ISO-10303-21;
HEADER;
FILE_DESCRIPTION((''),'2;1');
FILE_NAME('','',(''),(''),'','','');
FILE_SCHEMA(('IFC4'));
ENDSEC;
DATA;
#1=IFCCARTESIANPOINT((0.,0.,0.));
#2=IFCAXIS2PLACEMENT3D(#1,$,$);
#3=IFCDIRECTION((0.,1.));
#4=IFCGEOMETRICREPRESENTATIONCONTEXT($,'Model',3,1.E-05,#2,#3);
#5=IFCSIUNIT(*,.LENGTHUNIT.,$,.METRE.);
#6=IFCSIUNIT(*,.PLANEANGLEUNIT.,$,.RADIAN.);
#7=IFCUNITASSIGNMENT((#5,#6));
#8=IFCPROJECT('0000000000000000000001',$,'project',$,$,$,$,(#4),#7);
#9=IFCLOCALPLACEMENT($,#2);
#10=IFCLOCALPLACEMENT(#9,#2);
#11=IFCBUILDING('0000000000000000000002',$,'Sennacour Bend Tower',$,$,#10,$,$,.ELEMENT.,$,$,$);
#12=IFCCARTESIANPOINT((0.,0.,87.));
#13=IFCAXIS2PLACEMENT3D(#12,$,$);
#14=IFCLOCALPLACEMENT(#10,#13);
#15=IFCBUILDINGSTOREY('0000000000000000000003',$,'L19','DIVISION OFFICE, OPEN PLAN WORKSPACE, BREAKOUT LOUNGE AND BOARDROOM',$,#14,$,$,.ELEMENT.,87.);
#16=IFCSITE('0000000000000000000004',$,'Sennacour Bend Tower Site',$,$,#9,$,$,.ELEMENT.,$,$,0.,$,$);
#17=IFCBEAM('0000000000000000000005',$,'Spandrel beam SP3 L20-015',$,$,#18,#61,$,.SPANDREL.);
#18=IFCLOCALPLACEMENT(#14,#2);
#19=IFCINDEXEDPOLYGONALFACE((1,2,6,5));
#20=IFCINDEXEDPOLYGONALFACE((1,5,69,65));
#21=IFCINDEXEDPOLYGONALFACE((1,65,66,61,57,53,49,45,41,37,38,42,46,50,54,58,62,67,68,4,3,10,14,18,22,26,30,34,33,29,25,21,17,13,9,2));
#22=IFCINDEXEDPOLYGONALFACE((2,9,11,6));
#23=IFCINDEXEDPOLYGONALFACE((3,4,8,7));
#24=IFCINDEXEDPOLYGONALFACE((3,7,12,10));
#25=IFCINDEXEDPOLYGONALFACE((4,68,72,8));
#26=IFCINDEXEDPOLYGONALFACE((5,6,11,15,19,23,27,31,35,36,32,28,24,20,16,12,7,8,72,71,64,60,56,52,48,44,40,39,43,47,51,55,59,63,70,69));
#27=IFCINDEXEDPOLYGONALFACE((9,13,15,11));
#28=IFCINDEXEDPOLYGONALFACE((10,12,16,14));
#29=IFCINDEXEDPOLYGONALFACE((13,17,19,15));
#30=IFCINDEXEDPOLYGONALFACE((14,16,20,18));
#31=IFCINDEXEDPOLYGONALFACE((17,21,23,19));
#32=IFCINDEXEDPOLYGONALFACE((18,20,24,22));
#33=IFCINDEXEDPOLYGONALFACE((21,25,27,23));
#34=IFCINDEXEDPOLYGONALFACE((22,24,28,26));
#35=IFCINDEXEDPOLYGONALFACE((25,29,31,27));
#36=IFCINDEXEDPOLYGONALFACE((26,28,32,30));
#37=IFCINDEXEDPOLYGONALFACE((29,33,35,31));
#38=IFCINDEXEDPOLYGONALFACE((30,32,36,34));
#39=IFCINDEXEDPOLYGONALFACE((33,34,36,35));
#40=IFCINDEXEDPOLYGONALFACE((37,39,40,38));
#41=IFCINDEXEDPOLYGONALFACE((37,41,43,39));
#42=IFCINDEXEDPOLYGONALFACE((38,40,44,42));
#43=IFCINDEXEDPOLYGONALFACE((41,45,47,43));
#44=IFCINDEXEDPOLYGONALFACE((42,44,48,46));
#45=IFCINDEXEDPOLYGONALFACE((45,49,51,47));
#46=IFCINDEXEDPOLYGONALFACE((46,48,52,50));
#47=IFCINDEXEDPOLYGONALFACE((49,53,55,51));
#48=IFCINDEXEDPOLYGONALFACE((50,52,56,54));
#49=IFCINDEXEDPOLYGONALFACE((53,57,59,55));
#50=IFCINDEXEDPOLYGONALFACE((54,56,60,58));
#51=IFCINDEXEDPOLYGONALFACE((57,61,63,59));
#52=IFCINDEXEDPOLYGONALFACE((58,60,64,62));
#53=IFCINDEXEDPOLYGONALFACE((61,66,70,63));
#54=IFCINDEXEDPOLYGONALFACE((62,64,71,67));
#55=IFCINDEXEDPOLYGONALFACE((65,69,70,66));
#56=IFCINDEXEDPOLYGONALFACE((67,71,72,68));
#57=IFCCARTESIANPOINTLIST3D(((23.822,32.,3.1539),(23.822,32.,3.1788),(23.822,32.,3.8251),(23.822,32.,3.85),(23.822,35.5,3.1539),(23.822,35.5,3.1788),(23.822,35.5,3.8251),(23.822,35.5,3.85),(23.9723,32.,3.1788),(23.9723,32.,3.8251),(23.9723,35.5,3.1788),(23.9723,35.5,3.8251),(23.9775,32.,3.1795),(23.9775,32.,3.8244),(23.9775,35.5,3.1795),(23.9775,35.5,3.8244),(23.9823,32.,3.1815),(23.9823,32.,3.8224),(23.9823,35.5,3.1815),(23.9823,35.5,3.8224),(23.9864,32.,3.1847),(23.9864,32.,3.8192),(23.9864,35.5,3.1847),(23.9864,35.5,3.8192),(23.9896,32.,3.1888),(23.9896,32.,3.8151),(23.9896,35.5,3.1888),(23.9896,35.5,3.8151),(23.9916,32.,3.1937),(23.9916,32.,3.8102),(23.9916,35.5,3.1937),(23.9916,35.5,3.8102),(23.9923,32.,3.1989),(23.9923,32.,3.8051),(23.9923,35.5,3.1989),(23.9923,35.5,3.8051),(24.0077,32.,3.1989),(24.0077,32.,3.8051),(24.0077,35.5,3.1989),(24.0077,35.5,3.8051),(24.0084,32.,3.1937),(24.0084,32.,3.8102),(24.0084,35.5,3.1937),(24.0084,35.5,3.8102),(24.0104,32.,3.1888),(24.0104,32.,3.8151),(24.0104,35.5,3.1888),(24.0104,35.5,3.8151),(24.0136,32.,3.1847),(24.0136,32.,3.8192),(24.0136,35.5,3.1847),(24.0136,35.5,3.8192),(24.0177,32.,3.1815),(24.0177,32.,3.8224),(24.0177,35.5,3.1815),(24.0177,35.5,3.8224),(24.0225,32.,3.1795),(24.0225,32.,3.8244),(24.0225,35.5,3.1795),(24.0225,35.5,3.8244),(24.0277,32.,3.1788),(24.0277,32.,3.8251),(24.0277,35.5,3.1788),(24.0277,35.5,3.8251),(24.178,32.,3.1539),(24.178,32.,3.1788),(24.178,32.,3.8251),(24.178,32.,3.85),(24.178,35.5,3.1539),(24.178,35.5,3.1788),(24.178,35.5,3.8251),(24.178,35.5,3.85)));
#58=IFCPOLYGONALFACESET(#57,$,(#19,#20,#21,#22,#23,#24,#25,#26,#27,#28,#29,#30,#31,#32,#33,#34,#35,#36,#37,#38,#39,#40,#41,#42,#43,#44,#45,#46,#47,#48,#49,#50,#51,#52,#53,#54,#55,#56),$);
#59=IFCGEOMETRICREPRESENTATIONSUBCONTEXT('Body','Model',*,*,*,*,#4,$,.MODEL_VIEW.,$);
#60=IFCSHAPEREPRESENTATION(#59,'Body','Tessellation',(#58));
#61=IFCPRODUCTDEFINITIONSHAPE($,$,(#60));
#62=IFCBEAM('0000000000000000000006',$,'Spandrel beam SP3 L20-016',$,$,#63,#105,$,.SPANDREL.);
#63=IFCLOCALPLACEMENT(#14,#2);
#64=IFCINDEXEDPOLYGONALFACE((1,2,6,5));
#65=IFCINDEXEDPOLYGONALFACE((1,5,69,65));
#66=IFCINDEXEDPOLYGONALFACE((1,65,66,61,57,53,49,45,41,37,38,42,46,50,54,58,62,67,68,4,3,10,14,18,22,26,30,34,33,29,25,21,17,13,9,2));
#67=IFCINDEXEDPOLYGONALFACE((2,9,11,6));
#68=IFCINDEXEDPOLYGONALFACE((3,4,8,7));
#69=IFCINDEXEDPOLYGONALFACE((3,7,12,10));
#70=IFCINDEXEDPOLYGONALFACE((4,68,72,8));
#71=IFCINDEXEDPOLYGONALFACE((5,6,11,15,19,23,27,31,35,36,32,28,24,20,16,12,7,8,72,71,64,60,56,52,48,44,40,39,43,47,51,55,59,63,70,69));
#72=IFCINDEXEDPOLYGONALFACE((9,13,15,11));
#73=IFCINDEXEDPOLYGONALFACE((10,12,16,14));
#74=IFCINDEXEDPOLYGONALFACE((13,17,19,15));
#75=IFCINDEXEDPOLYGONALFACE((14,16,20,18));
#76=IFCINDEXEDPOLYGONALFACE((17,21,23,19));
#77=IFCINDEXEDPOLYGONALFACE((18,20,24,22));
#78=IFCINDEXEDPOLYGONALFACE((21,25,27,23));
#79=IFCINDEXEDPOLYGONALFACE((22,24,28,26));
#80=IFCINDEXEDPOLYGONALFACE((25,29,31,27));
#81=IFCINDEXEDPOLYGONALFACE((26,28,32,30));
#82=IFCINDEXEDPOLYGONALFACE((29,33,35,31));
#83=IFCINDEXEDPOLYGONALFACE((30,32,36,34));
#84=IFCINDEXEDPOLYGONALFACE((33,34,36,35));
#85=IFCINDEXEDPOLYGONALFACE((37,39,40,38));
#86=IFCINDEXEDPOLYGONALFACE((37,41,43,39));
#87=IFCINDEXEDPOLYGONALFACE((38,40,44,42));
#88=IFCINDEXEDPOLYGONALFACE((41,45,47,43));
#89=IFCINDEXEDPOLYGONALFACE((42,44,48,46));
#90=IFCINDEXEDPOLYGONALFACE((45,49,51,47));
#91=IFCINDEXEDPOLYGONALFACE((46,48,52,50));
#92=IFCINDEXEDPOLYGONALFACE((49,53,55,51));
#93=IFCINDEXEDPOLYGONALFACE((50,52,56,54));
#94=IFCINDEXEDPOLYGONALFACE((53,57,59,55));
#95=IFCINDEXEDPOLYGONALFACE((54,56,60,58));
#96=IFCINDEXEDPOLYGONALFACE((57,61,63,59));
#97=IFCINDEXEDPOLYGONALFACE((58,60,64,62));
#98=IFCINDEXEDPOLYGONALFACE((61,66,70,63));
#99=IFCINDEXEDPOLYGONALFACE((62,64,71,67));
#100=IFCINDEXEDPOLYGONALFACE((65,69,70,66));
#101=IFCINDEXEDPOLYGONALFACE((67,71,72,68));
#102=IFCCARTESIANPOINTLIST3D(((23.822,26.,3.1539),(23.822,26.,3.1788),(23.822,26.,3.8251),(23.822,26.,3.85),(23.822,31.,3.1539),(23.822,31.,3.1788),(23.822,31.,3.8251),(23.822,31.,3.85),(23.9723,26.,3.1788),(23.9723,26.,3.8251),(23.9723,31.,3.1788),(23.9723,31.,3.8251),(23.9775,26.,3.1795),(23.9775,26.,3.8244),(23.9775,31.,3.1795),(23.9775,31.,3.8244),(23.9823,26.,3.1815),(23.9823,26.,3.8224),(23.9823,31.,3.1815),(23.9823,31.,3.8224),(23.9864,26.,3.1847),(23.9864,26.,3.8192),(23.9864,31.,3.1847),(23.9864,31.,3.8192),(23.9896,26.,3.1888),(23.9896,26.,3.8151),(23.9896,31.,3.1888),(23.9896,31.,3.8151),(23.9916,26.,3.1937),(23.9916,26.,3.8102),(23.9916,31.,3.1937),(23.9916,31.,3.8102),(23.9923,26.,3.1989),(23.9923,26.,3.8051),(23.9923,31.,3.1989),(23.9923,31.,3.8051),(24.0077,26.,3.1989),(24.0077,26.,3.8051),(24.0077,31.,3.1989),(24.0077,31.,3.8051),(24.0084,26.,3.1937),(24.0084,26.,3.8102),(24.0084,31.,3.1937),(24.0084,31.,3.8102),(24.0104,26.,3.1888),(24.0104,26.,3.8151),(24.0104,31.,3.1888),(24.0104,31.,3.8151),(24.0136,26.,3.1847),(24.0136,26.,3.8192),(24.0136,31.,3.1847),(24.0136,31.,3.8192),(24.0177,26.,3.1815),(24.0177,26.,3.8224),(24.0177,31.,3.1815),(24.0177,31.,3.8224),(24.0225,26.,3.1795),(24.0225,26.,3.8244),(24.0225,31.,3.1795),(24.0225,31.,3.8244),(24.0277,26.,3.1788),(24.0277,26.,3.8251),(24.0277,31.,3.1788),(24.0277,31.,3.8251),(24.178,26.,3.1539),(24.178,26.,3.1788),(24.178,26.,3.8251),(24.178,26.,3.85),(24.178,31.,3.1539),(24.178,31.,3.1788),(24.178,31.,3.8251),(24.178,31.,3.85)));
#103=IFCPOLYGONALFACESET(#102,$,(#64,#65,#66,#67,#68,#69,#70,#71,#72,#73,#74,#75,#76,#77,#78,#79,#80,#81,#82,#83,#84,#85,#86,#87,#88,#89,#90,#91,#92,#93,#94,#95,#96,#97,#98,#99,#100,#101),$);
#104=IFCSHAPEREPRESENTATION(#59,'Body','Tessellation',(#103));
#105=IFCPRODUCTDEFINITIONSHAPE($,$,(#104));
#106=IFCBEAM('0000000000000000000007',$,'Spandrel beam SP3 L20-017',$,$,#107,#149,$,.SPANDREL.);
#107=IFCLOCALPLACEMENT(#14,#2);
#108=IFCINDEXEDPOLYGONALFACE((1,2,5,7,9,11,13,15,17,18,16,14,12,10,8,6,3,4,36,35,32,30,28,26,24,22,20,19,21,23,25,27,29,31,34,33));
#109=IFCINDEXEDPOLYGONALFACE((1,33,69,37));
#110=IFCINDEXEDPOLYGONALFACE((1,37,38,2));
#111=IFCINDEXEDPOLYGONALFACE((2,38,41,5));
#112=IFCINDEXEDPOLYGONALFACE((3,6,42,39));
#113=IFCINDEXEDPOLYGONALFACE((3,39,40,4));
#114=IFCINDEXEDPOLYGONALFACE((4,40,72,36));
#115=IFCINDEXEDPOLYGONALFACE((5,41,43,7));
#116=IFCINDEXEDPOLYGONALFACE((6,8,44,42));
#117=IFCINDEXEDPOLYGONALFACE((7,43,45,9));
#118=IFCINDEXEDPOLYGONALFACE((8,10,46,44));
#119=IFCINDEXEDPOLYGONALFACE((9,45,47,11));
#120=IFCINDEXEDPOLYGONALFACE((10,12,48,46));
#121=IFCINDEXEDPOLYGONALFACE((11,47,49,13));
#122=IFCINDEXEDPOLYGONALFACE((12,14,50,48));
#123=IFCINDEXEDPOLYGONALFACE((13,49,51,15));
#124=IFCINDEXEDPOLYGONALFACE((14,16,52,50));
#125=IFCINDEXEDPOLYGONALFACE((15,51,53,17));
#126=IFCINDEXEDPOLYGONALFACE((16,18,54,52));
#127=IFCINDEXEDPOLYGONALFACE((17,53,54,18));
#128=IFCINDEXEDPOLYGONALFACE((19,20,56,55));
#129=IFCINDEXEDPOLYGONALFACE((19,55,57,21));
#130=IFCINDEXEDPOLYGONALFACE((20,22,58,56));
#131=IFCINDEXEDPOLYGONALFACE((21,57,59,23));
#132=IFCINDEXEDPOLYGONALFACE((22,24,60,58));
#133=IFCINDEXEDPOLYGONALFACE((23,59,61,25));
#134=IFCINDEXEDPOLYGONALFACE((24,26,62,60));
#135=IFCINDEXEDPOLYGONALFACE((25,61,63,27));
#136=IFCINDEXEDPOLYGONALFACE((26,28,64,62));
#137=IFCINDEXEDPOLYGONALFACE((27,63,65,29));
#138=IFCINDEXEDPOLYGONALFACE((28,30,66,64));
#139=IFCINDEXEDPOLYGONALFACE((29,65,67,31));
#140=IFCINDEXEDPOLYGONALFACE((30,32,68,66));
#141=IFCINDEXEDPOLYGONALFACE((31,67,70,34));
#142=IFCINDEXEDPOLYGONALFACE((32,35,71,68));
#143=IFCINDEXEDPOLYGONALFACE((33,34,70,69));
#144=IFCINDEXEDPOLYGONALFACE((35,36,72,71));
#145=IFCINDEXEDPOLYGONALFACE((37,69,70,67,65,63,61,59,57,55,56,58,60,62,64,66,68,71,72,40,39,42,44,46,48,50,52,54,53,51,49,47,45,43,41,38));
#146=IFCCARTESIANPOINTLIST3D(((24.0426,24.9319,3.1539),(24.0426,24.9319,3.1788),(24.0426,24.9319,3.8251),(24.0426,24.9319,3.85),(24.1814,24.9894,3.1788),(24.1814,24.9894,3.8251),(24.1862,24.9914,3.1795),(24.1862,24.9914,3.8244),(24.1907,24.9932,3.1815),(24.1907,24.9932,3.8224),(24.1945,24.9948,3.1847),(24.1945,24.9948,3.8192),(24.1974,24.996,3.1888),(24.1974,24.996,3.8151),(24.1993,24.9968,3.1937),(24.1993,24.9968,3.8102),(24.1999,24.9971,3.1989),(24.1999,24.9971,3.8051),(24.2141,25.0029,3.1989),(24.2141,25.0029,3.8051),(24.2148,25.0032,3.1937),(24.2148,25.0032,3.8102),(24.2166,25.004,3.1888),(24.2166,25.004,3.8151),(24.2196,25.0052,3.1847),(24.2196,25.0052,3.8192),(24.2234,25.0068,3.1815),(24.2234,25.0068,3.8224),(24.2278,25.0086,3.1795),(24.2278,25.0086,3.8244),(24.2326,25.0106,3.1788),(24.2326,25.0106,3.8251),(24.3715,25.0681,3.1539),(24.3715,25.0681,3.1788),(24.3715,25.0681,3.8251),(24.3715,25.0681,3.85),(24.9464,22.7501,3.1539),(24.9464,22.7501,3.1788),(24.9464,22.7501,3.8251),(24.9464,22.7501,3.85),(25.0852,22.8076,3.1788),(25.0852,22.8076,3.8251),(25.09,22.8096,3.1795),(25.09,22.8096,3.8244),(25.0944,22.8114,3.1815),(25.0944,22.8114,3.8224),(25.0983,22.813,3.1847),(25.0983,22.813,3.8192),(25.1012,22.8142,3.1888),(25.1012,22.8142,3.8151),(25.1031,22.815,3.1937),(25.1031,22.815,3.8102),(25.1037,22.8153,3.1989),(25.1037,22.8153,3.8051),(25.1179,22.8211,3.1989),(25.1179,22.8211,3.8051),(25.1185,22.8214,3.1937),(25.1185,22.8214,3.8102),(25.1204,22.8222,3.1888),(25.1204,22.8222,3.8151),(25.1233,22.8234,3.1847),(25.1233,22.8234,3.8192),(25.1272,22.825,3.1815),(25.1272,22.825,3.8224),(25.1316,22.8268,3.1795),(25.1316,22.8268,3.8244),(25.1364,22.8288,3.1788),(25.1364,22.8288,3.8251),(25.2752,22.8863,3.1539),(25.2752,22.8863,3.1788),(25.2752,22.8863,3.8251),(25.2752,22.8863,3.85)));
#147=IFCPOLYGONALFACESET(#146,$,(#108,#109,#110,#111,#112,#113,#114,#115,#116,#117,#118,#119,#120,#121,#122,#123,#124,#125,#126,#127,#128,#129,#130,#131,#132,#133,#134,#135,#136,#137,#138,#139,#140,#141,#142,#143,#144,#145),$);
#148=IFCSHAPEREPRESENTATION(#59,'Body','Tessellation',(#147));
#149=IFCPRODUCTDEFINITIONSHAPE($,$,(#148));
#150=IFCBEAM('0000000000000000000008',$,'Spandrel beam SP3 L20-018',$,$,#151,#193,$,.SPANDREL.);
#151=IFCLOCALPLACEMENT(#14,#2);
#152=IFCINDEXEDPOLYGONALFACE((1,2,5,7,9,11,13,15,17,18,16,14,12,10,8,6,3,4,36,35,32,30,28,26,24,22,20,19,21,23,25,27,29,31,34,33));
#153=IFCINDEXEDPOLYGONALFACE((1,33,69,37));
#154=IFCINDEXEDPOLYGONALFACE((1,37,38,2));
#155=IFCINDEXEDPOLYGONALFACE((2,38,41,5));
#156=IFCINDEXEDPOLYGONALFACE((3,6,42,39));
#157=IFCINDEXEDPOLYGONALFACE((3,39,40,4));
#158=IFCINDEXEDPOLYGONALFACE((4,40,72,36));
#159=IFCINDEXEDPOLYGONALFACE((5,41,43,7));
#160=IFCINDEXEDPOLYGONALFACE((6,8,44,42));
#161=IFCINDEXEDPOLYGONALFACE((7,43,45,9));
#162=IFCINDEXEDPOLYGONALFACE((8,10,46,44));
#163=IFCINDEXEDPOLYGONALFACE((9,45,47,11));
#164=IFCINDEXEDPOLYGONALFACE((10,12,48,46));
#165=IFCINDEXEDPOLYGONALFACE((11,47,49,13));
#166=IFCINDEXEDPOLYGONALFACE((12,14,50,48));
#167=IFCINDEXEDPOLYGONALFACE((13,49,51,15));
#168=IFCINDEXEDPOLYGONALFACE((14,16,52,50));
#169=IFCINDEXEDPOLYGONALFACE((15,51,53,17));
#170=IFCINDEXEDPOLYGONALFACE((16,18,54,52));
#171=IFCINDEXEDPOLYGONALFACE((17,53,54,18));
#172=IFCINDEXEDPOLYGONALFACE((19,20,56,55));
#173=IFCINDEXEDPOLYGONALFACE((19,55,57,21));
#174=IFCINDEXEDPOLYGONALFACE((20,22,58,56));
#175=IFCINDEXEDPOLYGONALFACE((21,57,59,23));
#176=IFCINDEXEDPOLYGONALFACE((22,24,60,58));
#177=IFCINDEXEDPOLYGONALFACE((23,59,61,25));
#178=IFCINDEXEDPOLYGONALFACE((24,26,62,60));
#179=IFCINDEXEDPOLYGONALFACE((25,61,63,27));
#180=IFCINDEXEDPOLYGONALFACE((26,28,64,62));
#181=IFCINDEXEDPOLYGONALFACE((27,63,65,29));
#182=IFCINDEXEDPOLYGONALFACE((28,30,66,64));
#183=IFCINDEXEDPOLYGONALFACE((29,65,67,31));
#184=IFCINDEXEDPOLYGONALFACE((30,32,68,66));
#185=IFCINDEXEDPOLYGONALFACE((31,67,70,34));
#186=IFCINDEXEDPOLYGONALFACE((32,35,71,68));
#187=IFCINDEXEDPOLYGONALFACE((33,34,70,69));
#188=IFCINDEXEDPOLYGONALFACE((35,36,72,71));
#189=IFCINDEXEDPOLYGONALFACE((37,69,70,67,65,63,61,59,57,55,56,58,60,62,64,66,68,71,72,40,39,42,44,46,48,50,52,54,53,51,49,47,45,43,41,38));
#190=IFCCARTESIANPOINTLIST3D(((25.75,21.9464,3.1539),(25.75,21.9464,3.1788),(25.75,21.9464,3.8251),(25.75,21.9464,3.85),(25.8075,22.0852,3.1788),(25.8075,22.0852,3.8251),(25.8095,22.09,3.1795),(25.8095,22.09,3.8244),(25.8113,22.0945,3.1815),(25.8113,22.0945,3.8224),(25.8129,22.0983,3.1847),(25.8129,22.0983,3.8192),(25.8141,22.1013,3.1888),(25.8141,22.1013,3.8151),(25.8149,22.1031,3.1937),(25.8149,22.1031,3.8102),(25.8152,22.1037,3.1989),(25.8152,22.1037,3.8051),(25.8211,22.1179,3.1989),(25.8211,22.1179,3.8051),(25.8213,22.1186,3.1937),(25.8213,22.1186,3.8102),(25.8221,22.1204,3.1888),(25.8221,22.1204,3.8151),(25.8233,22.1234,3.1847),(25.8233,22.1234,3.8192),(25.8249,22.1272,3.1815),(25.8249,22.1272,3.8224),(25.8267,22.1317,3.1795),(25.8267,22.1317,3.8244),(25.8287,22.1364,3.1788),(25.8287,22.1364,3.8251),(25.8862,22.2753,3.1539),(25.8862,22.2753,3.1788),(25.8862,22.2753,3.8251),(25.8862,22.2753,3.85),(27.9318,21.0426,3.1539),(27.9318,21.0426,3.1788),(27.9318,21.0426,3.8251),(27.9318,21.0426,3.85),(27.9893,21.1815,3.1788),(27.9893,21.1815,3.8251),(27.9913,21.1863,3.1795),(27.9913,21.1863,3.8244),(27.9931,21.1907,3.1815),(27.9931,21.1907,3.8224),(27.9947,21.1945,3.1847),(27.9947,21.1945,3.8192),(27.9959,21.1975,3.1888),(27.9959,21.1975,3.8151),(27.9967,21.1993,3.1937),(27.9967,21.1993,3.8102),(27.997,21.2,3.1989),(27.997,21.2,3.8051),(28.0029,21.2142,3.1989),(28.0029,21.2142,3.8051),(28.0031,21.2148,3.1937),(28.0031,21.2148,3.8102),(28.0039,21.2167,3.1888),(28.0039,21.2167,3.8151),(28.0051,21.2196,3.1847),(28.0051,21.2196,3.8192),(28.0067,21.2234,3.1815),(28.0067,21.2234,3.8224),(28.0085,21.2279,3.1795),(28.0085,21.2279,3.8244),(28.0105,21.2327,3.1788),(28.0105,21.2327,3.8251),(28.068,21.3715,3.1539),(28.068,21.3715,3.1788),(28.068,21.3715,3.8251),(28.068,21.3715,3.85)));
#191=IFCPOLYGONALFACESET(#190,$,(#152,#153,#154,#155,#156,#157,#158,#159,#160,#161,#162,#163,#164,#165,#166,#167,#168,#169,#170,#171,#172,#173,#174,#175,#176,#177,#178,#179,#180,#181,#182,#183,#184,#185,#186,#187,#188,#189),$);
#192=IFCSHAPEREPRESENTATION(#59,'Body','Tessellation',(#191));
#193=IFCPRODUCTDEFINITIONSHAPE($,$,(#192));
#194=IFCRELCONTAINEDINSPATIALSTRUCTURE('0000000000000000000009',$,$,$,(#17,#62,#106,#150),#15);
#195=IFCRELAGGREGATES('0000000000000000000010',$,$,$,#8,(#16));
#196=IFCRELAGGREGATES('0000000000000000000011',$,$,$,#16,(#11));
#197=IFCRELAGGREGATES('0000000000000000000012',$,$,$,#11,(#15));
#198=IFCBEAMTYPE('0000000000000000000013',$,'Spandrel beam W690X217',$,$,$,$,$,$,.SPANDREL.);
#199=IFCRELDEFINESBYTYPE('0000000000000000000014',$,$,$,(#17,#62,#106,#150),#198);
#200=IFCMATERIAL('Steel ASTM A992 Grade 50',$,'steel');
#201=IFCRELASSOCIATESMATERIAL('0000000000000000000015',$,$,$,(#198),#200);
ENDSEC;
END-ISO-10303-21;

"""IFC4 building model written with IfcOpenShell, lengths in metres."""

from ifc_helpers import new_model, si_unit, direction, frame, origin, origin_2d, place, context, subcontext, project, spatial, i_section, extrude, material, material_profile, profile_set, type_object, element, save


model = new_model("IFC4")

# Units and contexts
model_context = context("Model", 3, precision=1e-05, world=origin(), true_north=direction((0.0, 1.0)))
body_context = subcontext(model_context, "Body", "Model", "MODEL_VIEW")
ifc_project = project(units=[si_unit("LENGTHUNIT", "METRE"), si_unit("PLANEANGLEUNIT", "RADIAN")], contexts=[model_context])

# Site, building, storey
site_placement = place(None, origin())
site = spatial("IfcSite", under=ifc_project, at=site_placement, Name="Sennacour Bend Tower Site", CompositionType="ELEMENT", RefElevation=0.0)
building_placement = place(site_placement, origin())
building = spatial("IfcBuilding", under=site, at=building_placement, Name="Sennacour Bend Tower", CompositionType="ELEMENT")
storey_placement = place(building_placement, frame((0.0, 0.0, 87.0)))
storey = spatial("IfcBuildingStorey", under=building, at=storey_placement, Name="L19", Description="DIVISION OFFICE, OPEN PLAN WORKSPACE, BREAKOUT LOUNGE AND BOARDROOM", CompositionType="ELEMENT", Elevation=87.0)

# Beams
ifc_material_1 = material(Name="Steel ASTM A992 Grade 50", Category="steel")
ifc_material_profile_1 = material_profile(ifc_material_1, i_section(OverallWidth=0.356, OverallDepth=0.696, WebThickness=0.0154, FlangeThickness=0.0249, FilletRadius=0.02, at=origin_2d()), Name="Steel ASTM A992 Grade 50", Category="steel")
ifc_profile_set_1 = profile_set([ifc_material_profile_1], Name="Steel ASTM A992 Grade 50")
beam_type_1 = type_object("IfcBeamType", Name="Spandrel beam W690X217", PredefinedType="SPANDREL", material=ifc_profile_set_1)
beam_1_placement = place(storey_placement, frame((24.0, 35.5, 3.502), z_axis=(0.0, -1.0, 0.0), x_axis=(1.0, 0.0, 0.0)))
element("IfcBeam", 1, at=beam_1_placement, inside=storey, type_object=beam_type_1, Name="Spandrel beam SP3 L20-015", PredefinedType="SPANDREL", context=body_context, shape_type="SweptSolid", body=[
    extrude(i_section(OverallWidth=0.356, OverallDepth=0.696, WebThickness=0.0154, FlangeThickness=0.0249, FilletRadius=0.02, at=origin_2d()), origin(), (0.0, 0.0, 1.0), 3.5),
])
beam_2_placement = place(storey_placement, frame((24.0, 31.0, 3.502), z_axis=(0.0, -1.0, 0.0), x_axis=(1.0, 0.0, 0.0)))
element("IfcBeam", 2, at=beam_2_placement, inside=storey, type_object=beam_type_1, Name="Spandrel beam SP3 L20-016", PredefinedType="SPANDREL", context=body_context, shape_type="SweptSolid", body=[
    extrude(i_section(OverallWidth=0.356, OverallDepth=0.696, WebThickness=0.0154, FlangeThickness=0.0249, FilletRadius=0.02, at=origin_2d()), origin(), (0.0, 0.0, 1.0), 5.0),
])
for number, where, z_axis, x_axis, name in (
    (3, (24.207, 25.0, 3.502), (0.382699, -0.923873, 0.0), (0.923873, 0.382699, 0.0), "Spandrel beam SP3 L20-017"),
    (4, (25.8181, 22.1108, 3.502), (0.923873, -0.382699, 0.0), (0.382699, 0.923873, 0.0), "Spandrel beam SP3 L20-018"),
):
    element("IfcBeam", number, at=place(storey_placement, frame(where, z_axis=z_axis, x_axis=x_axis)), inside=storey, type_object=beam_type_1, Name=name, PredefinedType="SPANDREL", context=body_context, shape_type="SweptSolid", body=[
        extrude(i_section(OverallWidth=0.356, OverallDepth=0.696, WebThickness=0.0154, FlangeThickness=0.0249, FilletRadius=0.02, at=origin_2d()), origin(), (0.0, 0.0, 1.0), 2.3616),
    ])

save(model, "model.ifc")
